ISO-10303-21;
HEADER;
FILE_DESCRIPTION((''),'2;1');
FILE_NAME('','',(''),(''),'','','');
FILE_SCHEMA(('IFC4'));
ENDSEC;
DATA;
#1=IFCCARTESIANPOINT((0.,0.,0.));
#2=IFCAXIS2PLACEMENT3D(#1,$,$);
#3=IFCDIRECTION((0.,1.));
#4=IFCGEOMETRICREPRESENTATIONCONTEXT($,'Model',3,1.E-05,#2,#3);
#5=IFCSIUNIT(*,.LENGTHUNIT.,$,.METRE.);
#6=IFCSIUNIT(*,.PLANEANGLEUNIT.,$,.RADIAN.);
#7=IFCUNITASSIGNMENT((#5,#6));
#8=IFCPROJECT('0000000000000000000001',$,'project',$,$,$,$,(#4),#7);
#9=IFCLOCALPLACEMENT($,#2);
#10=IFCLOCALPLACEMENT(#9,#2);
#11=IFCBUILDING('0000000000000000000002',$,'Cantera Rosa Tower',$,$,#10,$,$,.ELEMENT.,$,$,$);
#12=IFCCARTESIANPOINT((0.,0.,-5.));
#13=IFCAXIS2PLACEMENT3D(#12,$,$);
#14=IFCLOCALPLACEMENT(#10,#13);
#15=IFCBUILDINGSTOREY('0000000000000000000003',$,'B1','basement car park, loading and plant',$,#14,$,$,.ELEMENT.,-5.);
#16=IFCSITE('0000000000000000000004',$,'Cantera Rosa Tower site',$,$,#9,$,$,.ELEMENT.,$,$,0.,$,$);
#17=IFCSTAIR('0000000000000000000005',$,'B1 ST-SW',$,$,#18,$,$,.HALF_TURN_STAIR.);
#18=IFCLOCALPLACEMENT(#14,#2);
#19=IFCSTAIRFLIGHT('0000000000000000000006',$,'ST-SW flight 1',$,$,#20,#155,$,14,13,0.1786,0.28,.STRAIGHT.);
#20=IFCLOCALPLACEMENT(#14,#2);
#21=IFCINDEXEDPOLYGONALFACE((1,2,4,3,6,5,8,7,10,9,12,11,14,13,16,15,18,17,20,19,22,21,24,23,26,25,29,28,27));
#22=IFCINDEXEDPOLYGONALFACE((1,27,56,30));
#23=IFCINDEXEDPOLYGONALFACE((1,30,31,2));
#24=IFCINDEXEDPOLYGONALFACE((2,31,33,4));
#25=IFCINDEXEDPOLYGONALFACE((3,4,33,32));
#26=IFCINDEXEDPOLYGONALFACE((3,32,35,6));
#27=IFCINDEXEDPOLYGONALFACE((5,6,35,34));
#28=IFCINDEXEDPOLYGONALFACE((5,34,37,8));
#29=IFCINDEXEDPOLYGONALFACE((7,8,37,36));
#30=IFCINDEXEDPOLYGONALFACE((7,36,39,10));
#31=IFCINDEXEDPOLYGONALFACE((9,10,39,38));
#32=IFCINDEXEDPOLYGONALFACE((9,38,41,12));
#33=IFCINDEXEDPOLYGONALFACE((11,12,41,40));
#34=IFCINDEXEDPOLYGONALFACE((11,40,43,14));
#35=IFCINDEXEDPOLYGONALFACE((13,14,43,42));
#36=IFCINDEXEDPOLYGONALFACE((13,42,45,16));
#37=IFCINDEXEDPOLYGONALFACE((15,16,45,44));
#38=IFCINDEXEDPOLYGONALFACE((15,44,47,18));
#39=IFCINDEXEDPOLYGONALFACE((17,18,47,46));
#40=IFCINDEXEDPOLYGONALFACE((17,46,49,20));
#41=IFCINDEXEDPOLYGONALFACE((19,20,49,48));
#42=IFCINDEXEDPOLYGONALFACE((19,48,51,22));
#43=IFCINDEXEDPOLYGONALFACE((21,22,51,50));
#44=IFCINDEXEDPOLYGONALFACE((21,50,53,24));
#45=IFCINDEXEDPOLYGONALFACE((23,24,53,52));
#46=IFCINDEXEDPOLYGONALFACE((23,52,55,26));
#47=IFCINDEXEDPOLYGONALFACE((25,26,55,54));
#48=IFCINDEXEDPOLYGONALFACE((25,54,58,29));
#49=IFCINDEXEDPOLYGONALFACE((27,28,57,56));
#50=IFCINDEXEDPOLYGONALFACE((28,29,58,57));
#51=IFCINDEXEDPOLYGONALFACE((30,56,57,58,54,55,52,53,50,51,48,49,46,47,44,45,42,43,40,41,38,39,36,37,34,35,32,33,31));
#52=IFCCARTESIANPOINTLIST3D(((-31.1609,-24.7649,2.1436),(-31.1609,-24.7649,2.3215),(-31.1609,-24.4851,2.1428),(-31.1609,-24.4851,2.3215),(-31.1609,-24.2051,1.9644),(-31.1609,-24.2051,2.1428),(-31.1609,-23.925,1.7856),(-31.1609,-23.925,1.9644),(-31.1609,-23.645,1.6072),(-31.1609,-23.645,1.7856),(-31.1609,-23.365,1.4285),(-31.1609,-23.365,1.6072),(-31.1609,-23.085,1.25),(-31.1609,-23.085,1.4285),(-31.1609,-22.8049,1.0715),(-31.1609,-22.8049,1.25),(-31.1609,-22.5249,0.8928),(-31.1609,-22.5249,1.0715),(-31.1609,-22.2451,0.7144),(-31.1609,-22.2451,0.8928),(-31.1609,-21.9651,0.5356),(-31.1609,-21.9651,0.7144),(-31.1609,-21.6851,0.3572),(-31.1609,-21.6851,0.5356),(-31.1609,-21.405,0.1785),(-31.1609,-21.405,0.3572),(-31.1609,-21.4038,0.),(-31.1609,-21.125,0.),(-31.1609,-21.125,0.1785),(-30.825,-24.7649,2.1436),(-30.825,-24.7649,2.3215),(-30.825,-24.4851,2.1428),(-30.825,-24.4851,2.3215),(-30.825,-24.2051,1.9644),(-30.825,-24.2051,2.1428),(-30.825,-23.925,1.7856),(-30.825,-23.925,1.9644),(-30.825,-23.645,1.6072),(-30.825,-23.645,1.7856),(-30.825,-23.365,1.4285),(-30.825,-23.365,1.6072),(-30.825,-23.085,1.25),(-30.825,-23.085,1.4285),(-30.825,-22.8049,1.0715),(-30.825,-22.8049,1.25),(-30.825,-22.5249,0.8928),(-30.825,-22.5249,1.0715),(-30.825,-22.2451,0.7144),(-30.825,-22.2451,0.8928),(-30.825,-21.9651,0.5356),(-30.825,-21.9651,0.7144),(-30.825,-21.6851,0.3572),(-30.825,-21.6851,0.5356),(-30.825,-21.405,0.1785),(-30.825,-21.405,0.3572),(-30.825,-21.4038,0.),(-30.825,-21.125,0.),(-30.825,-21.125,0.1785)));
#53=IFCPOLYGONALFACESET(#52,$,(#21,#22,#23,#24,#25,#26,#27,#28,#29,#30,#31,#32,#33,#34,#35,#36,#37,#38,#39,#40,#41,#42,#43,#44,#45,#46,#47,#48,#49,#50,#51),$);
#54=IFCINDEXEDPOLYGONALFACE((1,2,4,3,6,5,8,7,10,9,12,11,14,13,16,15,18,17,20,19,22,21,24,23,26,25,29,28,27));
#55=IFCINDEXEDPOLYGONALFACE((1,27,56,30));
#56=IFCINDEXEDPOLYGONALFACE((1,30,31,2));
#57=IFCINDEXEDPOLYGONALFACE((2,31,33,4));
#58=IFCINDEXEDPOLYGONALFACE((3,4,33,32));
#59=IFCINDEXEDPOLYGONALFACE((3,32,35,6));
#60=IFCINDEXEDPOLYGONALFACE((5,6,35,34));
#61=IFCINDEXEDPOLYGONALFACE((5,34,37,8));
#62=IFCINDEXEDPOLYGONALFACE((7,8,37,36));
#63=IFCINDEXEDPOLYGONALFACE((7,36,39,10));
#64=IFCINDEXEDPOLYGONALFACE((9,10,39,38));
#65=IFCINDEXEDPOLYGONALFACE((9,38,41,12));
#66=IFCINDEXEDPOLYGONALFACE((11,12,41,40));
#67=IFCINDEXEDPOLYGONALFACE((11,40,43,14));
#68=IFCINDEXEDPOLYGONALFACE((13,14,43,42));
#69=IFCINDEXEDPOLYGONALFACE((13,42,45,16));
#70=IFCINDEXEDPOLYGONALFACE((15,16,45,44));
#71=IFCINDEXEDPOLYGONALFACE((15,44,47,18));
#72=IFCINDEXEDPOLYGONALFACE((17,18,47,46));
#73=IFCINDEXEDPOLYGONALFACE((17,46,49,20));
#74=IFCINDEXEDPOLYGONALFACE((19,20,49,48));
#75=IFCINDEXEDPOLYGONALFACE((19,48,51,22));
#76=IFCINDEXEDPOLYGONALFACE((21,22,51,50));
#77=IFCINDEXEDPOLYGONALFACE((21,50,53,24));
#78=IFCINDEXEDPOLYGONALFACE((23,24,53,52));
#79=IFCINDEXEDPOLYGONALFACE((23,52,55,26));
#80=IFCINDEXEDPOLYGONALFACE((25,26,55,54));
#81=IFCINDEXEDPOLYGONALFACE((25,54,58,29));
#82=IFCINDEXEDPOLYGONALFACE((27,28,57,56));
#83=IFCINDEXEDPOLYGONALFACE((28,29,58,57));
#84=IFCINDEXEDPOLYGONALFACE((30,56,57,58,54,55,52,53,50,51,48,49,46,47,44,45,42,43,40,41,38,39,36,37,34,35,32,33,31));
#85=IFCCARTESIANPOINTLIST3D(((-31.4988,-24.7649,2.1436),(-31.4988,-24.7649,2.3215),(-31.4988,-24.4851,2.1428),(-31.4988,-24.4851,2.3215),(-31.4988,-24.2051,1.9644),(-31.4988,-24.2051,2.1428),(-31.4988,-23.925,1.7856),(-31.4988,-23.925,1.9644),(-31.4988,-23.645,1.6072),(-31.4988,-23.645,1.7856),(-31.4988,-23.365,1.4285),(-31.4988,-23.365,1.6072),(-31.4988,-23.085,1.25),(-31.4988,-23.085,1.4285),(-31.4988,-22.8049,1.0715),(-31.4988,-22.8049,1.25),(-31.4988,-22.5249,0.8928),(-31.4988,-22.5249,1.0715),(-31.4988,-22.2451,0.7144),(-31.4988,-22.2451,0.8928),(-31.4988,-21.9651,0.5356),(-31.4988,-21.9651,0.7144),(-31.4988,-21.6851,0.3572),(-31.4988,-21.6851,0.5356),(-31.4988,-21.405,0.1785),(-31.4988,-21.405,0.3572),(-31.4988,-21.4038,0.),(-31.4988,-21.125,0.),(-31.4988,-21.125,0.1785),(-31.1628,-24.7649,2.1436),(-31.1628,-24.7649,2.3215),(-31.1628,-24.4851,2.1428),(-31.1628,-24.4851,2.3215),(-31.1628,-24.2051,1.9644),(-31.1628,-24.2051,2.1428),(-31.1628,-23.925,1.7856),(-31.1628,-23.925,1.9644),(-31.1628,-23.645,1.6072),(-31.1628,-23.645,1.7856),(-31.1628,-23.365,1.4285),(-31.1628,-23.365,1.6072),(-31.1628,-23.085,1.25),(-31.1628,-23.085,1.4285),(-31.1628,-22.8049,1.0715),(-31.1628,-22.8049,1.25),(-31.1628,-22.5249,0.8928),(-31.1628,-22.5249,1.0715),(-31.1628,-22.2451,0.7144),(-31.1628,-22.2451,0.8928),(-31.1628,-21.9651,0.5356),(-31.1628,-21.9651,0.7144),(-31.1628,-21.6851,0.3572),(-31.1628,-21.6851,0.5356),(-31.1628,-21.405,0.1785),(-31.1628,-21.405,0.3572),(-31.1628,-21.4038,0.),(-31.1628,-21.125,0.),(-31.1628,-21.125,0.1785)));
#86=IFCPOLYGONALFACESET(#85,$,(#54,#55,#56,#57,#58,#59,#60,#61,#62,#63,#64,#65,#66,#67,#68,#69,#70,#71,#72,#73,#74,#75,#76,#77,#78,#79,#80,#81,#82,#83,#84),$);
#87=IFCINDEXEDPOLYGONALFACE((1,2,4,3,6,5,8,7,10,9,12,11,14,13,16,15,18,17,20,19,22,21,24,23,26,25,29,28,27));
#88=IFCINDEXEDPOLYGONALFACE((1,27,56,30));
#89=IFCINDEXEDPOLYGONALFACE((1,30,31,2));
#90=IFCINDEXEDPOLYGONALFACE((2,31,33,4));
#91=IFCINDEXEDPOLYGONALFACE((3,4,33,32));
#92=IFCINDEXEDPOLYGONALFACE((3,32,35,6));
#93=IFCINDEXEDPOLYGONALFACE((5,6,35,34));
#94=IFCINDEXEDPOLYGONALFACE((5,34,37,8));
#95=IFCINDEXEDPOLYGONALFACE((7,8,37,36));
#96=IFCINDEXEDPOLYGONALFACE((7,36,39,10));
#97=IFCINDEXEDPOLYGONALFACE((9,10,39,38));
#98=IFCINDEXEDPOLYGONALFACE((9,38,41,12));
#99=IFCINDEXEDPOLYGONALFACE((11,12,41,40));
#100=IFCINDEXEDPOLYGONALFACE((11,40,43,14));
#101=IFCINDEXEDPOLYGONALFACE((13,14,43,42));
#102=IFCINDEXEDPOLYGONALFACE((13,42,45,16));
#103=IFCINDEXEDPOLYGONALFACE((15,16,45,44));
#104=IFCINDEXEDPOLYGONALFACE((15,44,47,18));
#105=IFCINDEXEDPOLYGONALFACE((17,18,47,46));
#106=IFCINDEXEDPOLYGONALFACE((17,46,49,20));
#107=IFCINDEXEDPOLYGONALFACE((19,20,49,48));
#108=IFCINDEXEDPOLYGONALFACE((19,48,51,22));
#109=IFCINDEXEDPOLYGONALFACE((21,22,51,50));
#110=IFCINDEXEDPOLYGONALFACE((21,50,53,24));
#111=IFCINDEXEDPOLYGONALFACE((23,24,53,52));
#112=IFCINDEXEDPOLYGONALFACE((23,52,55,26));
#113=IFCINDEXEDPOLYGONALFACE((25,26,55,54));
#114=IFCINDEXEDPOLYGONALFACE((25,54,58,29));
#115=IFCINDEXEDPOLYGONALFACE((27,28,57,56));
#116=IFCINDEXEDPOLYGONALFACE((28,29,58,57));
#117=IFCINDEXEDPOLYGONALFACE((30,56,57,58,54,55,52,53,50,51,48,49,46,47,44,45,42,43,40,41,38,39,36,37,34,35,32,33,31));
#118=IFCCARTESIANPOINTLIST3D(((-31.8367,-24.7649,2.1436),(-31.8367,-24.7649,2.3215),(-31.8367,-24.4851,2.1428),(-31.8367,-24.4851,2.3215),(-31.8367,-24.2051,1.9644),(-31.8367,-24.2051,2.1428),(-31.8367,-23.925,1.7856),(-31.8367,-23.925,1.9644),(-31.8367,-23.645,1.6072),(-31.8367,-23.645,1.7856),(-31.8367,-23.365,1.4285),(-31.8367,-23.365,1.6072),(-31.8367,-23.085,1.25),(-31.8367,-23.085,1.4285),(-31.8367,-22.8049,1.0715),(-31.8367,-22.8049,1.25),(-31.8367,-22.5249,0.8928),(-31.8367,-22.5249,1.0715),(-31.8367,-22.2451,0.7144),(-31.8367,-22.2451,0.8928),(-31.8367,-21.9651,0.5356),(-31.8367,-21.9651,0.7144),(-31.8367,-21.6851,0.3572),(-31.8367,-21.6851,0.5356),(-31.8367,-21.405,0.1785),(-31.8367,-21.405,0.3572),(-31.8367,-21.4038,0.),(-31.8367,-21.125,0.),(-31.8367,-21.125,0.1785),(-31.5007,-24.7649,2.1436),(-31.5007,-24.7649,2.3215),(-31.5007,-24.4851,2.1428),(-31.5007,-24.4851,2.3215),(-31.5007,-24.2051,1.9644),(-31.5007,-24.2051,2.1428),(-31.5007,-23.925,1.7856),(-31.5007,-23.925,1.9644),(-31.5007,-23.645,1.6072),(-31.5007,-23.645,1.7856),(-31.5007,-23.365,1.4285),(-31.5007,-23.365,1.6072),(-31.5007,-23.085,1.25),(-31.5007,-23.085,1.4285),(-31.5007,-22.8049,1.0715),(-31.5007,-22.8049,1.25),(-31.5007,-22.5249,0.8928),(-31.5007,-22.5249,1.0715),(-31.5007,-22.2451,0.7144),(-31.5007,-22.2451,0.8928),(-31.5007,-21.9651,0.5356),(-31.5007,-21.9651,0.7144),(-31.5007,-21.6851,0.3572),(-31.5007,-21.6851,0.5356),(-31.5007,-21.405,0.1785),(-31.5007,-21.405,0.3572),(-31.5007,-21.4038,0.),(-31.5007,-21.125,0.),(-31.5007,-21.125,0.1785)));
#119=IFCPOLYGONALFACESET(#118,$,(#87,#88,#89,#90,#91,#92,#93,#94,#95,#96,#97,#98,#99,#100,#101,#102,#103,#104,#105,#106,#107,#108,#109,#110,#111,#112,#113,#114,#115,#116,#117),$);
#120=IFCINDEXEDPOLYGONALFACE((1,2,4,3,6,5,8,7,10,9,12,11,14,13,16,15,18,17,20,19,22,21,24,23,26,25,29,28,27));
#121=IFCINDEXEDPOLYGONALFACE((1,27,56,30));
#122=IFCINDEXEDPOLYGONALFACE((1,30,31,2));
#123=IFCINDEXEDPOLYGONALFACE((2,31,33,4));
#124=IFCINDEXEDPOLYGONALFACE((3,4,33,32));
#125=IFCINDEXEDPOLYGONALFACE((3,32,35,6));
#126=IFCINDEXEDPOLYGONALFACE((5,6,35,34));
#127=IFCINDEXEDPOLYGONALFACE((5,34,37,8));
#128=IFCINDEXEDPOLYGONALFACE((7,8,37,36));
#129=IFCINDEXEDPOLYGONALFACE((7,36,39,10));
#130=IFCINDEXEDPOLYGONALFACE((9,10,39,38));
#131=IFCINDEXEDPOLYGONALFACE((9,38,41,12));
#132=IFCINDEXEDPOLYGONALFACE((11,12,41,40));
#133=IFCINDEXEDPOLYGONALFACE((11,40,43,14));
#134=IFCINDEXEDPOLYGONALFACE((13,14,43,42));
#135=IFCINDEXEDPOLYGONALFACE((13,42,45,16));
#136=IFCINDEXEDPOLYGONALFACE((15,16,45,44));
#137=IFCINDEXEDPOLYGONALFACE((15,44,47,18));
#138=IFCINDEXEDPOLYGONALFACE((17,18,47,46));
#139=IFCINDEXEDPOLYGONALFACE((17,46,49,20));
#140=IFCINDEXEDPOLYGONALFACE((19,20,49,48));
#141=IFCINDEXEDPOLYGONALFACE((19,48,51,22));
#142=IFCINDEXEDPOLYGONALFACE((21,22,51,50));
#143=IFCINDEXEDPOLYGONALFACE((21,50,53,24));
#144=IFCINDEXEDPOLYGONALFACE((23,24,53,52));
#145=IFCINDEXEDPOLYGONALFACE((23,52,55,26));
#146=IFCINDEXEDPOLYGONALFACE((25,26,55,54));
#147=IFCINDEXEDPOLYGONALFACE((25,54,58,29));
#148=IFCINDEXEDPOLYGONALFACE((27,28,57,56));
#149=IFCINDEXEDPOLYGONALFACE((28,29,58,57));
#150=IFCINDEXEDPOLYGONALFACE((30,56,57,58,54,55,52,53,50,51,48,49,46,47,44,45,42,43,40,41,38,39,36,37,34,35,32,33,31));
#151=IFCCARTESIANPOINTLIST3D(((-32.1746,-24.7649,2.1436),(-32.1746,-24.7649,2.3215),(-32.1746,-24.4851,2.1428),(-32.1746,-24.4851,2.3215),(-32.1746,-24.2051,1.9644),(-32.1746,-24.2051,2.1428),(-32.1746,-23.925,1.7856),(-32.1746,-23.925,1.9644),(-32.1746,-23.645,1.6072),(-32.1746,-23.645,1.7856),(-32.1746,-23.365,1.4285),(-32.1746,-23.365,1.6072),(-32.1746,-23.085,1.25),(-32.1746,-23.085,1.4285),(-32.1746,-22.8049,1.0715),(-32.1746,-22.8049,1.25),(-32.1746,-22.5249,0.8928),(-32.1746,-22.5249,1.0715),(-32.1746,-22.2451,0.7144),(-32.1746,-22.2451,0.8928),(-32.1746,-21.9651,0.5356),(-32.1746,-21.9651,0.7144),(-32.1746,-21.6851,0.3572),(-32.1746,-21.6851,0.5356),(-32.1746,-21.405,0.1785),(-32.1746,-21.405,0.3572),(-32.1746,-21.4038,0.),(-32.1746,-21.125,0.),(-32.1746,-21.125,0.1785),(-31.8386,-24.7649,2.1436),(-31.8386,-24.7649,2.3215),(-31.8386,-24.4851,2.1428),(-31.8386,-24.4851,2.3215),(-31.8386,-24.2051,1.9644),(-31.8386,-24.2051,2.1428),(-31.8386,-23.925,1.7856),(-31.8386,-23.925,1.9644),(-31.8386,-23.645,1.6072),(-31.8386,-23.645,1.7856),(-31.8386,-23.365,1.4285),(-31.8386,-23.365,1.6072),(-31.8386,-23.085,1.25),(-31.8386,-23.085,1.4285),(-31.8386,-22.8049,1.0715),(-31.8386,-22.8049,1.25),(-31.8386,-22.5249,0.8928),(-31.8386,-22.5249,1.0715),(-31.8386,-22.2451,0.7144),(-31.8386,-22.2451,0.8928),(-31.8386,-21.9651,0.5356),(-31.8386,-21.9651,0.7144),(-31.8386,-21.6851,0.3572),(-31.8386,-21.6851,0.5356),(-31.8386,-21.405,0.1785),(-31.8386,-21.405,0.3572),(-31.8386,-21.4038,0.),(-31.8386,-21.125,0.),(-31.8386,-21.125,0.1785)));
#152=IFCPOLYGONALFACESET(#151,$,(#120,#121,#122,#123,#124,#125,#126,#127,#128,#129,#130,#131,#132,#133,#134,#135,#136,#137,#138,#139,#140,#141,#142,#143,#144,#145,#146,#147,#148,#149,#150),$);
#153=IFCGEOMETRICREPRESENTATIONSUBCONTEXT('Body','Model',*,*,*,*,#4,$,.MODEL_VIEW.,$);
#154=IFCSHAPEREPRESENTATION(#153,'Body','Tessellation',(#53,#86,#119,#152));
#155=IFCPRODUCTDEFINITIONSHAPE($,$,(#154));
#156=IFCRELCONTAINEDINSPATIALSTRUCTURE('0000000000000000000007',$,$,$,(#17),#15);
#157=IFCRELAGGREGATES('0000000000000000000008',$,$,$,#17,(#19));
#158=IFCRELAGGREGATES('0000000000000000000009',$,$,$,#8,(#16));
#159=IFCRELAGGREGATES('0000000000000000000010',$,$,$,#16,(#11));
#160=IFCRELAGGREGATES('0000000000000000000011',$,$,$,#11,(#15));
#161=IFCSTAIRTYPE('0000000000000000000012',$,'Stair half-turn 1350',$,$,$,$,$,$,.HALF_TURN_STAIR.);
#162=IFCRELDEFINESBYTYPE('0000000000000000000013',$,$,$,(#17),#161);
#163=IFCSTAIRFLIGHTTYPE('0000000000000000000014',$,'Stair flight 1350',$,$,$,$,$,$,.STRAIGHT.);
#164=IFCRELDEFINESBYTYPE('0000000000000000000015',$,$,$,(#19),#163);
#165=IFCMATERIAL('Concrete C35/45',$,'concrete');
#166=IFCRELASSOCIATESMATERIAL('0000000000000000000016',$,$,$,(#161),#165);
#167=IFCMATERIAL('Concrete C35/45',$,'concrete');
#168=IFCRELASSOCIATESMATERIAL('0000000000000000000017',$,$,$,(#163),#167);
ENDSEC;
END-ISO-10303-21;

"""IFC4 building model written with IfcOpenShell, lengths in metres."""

from ifc_helpers import new_model, si_unit, direction, frame, origin, place, context, subcontext, project, spatial, polyline, outline, extrude, material, type_object, element, aggregate, save


model = new_model("IFC4")

# Units and contexts
model_context = context("Model", 3, precision=1e-05, world=origin(), true_north=direction((0.0, 1.0)))
body_context = subcontext(model_context, "Body", "Model", "MODEL_VIEW")
ifc_project = project(units=[si_unit("LENGTHUNIT", "METRE"), si_unit("PLANEANGLEUNIT", "RADIAN")], contexts=[model_context])

# Site, building, storey
site_placement = place(None, origin())
site = spatial("IfcSite", under=ifc_project, at=site_placement, Name="Cantera Rosa Tower site", CompositionType="ELEMENT", RefElevation=0.0)
building_placement = place(site_placement, origin())
building = spatial("IfcBuilding", under=site, at=building_placement, Name="Cantera Rosa Tower", CompositionType="ELEMENT")
storey_placement = place(building_placement, frame((0.0, 0.0, -5.0)))
storey = spatial("IfcBuildingStorey", under=building, at=storey_placement, Name="B1", Description="basement car park, loading and plant", CompositionType="ELEMENT", Elevation=-5.0)

# Stair, stair flight
ifc_material_1 = material(Name="Concrete C35/45", Category="concrete")
stair_type = type_object("IfcStairType", Name="Stair half-turn 1350", PredefinedType="HALF_TURN_STAIR", material=ifc_material_1)
stair_placement = place(storey_placement, origin())
stair = element("IfcStair", 1, at=stair_placement, inside=storey, type_object=stair_type, Name="B1 ST-SW", PredefinedType="HALF_TURN_STAIR")
ifc_material_2 = material(Name="Concrete C35/45", Category="concrete")
stair_flight_type = type_object("IfcStairFlightType", Name="Stair flight 1350", PredefinedType="STRAIGHT", material=ifc_material_2)
stair_flight_placement = place(storey_placement, frame((-31.5, -21.125, 0.0), z_axis=(0.0, 0.0, 1.0), x_axis=(0.0, -1.0, 0.0)))
stair_flight = element("IfcStairFlight", 2, at=stair_flight_placement, type_object=stair_flight_type, Name="ST-SW flight 1", NumberOfRisers=14, NumberOfTreads=13, PredefinedType="STRAIGHT", RiserHeight=0.1786, TreadLength=0.28, context=body_context, shape_type="SweptSolid", body=[
    extrude(outline(polyline([(0.0, 0.0), (0.0, 0.1785), (0.28, 0.1785), (0.28, 0.3572), (0.5601, 0.3572), (0.5601, 0.5356), (0.8401, 0.5356), (0.8401, 0.7144), (1.1201, 0.7144), (1.1201, 0.8928), (1.3999, 0.8928), (1.3999, 1.0715), (1.6799, 1.0715), (1.6799, 1.25), (1.96, 1.25), (1.96, 1.4285), (2.24, 1.4285), (2.24, 1.6072), (2.52, 1.6072), (2.52, 1.7856), (2.8, 1.7856), (2.8, 1.9644), (3.0801, 1.9644), (3.0801, 2.1428), (3.3601, 2.1428), (3.3601, 2.3215), (3.6399, 2.3215), (3.6399, 2.5), (3.6399, 2.1436), (0.2788, 0.0), (0.0, 0.0)])), frame((0.0, 0.675, 0.0), z_axis=(0.0, -1.0, 0.0), x_axis=(1.0, 0.0, 0.0)), (0.0, 0.0, 1.0), 0.3359),
    extrude(outline(polyline([(0.0, 0.0), (0.0, 0.1785), (0.28, 0.1785), (0.28, 0.3572), (0.5601, 0.3572), (0.5601, 0.5356), (0.8401, 0.5356), (0.8401, 0.7144), (1.1201, 0.7144), (1.1201, 0.8928), (1.3999, 0.8928), (1.3999, 1.0715), (1.6799, 1.0715), (1.6799, 1.25), (1.96, 1.25), (1.96, 1.4285), (2.24, 1.4285), (2.24, 1.6072), (2.52, 1.6072), (2.52, 1.7856), (2.8, 1.7856), (2.8, 1.9644), (3.0801, 1.9644), (3.0801, 2.1428), (3.3601, 2.1428), (3.3601, 2.3215), (3.6399, 2.3215), (3.6399, 2.5), (3.6399, 2.1436), (0.2788, 0.0), (0.0, 0.0)])), frame((0.0, 0.3372, 0.0), z_axis=(0.0, -1.0, 0.0), x_axis=(1.0, 0.0, 0.0)), (0.0, 0.0, 1.0), 0.3359),
    extrude(outline(polyline([(0.0, 0.0), (0.0, 0.1785), (0.28, 0.1785), (0.28, 0.3572), (0.5601, 0.3572), (0.5601, 0.5356), (0.8401, 0.5356), (0.8401, 0.7144), (1.1201, 0.7144), (1.1201, 0.8928), (1.3999, 0.8928), (1.3999, 1.0715), (1.6799, 1.0715), (1.6799, 1.25), (1.96, 1.25), (1.96, 1.4285), (2.24, 1.4285), (2.24, 1.6072), (2.52, 1.6072), (2.52, 1.7856), (2.8, 1.7856), (2.8, 1.9644), (3.0801, 1.9644), (3.0801, 2.1428), (3.3601, 2.1428), (3.3601, 2.3215), (3.6399, 2.3215), (3.6399, 2.5), (3.6399, 2.1436), (0.2788, 0.0), (0.0, 0.0)])), frame((0.0, -0.0007, 0.0), z_axis=(0.0, -1.0, 0.0), x_axis=(1.0, 0.0, 0.0)), (0.0, 0.0, 1.0), 0.3359),
    extrude(outline(polyline([(0.0, 0.0), (0.0, 0.1785), (0.28, 0.1785), (0.28, 0.3572), (0.5601, 0.3572), (0.5601, 0.5356), (0.8401, 0.5356), (0.8401, 0.7144), (1.1201, 0.7144), (1.1201, 0.8928), (1.3999, 0.8928), (1.3999, 1.0715), (1.6799, 1.0715), (1.6799, 1.25), (1.96, 1.25), (1.96, 1.4285), (2.24, 1.4285), (2.24, 1.6072), (2.52, 1.6072), (2.52, 1.7856), (2.8, 1.7856), (2.8, 1.9644), (3.0801, 1.9644), (3.0801, 2.1428), (3.3601, 2.1428), (3.3601, 2.3215), (3.6399, 2.3215), (3.6399, 2.5), (3.6399, 2.1436), (0.2788, 0.0), (0.0, 0.0)])), frame((0.0, -0.3386, 0.0), z_axis=(0.0, -1.0, 0.0), x_axis=(1.0, 0.0, 0.0)), (0.0, 0.0, 1.0), 0.3359),
])
aggregate(stair, [stair_flight])

save(model, "model.ifc")
